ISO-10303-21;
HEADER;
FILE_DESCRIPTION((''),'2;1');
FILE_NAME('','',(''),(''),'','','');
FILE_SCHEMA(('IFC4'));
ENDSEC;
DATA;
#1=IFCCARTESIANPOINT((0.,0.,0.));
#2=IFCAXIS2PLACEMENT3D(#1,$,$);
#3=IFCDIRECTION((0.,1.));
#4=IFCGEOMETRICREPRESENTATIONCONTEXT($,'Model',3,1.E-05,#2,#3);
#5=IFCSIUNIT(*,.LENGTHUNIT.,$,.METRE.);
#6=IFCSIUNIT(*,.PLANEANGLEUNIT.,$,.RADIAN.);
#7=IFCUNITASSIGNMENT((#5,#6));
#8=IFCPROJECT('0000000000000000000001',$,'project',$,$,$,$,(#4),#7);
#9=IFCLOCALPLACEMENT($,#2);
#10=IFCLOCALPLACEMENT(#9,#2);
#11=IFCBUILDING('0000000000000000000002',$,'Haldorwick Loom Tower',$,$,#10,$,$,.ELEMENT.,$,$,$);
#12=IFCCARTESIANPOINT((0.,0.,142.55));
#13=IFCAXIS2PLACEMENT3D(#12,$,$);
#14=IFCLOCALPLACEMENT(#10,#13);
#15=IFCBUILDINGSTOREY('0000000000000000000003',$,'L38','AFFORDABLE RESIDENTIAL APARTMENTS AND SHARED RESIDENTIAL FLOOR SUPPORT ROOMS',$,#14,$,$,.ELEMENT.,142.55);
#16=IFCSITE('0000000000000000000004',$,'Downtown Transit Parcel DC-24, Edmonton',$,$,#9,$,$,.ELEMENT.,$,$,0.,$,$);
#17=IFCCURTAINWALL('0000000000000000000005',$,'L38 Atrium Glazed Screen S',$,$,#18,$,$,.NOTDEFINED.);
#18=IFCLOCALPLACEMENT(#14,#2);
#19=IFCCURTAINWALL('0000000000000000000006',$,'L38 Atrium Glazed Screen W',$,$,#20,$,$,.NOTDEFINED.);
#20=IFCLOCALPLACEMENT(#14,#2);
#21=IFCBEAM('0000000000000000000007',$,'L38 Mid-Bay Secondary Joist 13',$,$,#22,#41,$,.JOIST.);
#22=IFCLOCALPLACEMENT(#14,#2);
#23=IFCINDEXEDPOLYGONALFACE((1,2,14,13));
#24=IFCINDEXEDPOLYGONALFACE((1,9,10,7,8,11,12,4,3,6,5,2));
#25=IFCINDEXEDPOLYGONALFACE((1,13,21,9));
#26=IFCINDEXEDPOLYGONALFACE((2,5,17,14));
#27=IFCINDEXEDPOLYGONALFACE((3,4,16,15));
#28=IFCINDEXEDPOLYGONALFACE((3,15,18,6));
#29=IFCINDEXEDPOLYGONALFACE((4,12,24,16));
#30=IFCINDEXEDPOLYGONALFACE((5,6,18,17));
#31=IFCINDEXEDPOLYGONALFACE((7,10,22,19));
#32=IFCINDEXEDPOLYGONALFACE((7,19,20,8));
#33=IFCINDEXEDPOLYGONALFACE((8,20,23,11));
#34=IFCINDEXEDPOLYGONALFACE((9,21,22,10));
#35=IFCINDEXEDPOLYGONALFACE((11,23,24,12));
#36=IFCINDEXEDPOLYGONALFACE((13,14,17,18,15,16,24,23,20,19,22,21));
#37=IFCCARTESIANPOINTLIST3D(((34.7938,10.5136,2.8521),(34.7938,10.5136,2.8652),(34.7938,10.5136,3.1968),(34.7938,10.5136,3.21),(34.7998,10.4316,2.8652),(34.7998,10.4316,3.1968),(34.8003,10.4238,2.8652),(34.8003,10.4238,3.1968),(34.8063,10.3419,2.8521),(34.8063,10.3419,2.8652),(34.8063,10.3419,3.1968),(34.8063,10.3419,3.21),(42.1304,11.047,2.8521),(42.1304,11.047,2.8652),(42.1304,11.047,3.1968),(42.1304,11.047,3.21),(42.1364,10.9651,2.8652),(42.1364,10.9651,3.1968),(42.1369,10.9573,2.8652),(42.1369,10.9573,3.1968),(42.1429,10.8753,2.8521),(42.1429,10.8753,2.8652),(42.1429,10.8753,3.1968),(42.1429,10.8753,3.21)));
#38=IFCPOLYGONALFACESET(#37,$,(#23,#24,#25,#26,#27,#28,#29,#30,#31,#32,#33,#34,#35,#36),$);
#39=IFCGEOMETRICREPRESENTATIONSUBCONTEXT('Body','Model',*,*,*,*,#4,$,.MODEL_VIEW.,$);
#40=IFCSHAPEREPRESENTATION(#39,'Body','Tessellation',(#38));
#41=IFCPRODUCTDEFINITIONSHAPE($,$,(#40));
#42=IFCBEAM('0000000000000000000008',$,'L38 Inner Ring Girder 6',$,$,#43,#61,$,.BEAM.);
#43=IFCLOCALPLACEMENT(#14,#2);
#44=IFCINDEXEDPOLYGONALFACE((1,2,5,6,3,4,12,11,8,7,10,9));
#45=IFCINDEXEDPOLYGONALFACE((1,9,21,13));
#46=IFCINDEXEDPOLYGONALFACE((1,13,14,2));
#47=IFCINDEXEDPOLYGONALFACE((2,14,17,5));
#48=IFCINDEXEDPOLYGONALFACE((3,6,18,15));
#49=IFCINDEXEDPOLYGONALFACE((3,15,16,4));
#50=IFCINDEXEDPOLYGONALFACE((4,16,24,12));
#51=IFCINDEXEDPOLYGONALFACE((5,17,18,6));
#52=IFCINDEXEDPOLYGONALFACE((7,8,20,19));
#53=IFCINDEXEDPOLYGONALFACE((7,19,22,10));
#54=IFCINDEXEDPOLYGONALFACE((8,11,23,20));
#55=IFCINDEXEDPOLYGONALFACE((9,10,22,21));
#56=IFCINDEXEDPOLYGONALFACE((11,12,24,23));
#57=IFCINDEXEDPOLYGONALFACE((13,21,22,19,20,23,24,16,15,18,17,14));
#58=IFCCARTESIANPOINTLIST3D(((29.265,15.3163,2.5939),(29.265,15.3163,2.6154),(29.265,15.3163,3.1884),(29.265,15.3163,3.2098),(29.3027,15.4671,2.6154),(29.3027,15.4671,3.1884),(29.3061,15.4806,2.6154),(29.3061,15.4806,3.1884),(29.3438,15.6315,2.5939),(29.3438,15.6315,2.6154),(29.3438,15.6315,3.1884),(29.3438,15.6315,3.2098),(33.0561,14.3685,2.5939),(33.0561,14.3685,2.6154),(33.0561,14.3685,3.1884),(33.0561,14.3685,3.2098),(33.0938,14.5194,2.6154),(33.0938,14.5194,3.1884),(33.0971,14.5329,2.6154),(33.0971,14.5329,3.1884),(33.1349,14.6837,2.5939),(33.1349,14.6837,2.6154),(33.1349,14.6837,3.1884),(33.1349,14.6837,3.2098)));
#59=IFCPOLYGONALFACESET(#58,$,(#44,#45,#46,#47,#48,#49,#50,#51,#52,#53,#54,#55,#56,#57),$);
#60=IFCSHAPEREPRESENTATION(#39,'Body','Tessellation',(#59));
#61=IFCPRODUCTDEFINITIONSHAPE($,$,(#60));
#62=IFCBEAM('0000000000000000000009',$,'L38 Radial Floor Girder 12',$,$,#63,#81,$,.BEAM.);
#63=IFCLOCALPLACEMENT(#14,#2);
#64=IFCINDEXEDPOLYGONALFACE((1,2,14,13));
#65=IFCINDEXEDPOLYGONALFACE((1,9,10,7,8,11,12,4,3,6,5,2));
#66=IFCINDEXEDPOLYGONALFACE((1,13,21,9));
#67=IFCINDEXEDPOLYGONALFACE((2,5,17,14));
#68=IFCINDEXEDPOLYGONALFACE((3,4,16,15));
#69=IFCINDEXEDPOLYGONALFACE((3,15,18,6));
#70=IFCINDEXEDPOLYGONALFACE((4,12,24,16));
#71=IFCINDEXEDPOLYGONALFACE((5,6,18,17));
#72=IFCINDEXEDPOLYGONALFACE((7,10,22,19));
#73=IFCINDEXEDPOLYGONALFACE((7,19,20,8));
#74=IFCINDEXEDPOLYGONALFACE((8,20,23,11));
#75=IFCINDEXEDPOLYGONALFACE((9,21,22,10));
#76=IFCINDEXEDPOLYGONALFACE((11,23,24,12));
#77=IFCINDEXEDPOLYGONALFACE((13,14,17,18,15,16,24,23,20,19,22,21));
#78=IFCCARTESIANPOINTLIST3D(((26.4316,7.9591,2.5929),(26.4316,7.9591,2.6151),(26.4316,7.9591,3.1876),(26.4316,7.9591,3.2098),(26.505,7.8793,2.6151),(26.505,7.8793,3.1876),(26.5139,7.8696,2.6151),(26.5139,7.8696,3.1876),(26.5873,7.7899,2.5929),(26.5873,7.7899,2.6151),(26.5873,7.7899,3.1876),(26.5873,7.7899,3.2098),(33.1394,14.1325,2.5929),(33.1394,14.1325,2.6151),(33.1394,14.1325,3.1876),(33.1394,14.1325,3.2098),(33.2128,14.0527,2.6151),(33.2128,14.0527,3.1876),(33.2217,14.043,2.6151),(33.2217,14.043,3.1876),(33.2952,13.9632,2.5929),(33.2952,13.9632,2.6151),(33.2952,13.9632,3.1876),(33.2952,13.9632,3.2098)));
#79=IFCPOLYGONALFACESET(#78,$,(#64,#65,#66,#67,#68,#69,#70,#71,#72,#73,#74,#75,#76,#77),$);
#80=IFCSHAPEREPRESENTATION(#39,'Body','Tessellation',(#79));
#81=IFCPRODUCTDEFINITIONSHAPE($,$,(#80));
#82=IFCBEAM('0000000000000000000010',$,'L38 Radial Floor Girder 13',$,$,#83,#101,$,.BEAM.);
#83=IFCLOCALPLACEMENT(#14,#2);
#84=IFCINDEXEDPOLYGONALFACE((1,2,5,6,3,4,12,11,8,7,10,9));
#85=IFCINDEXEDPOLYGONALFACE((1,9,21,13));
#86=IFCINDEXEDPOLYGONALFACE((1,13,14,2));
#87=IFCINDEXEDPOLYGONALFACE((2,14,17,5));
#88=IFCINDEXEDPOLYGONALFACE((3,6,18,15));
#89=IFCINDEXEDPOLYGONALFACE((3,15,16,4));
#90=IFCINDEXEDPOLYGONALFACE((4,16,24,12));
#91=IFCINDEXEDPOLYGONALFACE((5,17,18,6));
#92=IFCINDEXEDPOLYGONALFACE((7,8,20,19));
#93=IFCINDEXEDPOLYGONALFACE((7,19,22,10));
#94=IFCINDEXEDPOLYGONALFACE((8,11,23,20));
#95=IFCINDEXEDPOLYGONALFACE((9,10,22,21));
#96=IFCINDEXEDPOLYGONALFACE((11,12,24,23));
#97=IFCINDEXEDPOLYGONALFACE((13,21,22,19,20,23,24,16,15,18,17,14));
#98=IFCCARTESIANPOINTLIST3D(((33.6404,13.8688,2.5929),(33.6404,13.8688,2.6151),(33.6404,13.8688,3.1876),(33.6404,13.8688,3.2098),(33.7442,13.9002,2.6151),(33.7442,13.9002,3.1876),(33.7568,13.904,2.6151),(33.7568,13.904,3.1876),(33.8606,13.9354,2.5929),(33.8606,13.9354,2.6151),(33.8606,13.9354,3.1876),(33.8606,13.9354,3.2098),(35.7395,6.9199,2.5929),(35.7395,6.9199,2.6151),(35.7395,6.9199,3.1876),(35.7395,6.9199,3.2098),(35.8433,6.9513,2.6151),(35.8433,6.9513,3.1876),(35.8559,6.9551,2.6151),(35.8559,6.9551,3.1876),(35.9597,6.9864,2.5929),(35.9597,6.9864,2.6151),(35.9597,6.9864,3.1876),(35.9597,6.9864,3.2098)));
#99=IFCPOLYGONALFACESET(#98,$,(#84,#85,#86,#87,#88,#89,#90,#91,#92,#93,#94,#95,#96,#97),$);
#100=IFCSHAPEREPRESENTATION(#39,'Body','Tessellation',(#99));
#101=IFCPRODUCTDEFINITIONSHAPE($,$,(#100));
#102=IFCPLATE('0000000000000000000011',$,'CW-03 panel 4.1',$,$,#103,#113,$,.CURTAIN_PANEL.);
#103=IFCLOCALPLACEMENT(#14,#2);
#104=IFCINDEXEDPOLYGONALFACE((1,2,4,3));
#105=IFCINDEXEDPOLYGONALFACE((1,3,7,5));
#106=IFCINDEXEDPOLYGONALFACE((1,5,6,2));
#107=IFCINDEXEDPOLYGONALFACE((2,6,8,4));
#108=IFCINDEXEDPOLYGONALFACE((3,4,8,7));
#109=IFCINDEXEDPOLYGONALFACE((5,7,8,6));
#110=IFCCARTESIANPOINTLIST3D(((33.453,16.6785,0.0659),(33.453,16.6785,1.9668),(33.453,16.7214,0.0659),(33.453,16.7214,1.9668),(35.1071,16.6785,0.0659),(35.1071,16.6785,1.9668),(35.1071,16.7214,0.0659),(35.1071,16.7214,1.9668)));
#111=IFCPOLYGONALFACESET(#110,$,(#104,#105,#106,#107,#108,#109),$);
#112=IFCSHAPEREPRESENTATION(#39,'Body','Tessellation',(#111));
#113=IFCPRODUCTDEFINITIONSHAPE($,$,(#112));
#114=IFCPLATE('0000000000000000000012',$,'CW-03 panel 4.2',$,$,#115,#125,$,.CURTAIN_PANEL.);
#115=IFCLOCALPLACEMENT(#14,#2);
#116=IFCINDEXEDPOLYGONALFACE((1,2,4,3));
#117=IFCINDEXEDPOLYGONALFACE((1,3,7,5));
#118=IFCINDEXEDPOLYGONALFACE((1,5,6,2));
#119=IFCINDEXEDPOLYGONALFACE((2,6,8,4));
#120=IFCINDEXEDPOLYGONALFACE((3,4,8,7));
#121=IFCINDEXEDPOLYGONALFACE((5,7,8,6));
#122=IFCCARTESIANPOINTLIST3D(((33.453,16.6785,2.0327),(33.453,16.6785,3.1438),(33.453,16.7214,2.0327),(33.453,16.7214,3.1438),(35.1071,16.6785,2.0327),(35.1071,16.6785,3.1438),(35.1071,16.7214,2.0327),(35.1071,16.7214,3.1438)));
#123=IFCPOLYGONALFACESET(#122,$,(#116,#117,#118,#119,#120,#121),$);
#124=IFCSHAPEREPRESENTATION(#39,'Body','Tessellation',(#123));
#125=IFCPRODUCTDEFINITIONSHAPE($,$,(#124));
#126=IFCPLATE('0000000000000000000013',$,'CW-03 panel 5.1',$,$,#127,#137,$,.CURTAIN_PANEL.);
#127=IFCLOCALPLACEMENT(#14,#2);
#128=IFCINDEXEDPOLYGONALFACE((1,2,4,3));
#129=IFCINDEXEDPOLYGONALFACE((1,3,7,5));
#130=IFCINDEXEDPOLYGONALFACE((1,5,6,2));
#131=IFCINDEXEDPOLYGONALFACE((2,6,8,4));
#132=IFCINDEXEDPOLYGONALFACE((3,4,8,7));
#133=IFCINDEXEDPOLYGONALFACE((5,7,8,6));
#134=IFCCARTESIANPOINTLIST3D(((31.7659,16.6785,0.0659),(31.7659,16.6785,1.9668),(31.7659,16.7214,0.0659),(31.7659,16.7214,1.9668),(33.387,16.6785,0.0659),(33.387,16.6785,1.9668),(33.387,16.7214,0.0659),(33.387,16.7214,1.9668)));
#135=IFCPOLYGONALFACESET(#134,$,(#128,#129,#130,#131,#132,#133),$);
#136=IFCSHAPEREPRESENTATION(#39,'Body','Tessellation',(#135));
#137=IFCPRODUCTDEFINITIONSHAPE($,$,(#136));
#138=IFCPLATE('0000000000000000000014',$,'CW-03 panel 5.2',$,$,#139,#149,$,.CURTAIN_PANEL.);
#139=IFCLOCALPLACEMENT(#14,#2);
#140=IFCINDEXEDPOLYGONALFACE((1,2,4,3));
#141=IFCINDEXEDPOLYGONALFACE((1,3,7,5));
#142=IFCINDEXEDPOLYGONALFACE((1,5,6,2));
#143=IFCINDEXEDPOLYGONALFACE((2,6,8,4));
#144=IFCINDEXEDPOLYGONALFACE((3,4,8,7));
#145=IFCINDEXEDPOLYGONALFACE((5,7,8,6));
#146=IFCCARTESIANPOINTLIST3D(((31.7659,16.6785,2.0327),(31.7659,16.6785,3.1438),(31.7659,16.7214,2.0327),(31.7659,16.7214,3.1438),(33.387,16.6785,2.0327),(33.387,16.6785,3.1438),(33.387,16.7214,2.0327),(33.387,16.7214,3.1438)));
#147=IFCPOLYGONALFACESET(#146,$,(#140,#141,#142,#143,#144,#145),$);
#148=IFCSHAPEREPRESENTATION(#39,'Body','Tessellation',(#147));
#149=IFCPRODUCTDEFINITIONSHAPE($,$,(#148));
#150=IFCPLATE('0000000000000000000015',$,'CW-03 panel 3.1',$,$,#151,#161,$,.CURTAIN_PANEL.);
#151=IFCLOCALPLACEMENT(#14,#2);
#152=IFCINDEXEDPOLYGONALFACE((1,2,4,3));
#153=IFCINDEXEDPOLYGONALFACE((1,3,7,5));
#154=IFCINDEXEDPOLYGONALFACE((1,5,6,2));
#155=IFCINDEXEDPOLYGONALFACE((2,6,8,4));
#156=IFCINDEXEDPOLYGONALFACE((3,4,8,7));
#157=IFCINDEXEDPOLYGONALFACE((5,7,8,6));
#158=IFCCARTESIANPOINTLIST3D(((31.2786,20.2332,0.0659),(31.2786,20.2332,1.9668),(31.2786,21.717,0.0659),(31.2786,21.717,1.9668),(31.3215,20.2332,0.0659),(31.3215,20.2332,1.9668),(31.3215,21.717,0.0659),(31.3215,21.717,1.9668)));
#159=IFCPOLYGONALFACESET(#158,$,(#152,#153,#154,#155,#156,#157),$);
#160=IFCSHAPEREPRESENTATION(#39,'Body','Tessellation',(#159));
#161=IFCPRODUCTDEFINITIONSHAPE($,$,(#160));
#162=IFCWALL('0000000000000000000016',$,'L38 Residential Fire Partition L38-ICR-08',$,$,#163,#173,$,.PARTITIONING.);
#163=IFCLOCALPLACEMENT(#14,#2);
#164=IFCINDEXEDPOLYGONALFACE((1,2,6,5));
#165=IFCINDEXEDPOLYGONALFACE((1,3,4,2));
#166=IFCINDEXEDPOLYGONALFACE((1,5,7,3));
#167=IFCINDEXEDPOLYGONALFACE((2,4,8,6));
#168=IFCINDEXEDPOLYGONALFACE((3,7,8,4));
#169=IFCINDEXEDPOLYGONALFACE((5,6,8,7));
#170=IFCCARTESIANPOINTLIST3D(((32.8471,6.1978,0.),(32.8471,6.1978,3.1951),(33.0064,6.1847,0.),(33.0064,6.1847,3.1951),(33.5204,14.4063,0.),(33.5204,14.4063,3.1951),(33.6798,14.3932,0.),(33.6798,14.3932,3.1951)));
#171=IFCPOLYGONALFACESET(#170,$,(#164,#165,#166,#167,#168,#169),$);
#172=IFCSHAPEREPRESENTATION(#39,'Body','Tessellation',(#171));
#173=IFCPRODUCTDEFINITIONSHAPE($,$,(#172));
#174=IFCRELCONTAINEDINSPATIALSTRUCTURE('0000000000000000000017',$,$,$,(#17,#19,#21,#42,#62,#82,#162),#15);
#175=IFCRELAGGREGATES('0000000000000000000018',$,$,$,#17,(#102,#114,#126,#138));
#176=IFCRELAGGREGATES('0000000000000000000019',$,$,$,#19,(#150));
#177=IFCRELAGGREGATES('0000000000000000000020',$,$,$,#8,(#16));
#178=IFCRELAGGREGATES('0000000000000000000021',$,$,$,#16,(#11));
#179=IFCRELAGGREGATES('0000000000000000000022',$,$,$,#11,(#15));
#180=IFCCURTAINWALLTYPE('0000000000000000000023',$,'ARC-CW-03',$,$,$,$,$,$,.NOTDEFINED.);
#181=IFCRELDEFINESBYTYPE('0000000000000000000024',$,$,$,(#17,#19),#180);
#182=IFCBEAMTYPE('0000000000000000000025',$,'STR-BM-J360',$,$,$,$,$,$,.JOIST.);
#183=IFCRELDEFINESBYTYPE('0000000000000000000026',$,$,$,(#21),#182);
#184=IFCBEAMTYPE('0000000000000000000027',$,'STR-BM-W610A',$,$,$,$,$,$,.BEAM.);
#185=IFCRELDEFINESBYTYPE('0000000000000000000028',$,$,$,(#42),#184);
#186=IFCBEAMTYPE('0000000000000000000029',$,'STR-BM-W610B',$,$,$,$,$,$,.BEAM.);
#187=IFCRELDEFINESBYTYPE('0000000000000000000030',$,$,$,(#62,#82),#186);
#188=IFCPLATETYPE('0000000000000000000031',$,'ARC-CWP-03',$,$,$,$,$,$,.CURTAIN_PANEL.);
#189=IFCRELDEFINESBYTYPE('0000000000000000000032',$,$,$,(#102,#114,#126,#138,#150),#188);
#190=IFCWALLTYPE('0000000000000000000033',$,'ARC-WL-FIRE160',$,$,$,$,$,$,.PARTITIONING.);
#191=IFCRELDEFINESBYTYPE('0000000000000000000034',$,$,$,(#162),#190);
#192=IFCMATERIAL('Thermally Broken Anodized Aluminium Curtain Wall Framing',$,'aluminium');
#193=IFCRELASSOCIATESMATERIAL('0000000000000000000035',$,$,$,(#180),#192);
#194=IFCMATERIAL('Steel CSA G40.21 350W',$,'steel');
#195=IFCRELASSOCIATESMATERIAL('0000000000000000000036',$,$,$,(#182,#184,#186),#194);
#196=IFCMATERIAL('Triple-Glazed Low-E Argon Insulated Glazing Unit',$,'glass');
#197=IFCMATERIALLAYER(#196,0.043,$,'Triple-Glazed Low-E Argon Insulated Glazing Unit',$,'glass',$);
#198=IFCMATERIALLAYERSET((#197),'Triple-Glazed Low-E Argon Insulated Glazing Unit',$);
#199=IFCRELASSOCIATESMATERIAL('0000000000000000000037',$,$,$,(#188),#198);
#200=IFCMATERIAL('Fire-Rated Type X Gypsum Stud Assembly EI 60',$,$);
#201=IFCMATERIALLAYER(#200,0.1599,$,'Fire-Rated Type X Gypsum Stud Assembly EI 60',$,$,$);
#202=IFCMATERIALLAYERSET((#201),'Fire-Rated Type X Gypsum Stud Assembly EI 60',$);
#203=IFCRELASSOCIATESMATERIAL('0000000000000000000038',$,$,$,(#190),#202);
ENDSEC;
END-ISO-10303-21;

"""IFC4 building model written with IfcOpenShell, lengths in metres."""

from ifc_helpers import new_model, si_unit, direction, frame, frame_2d, origin, origin_2d, place, context, subcontext, project, spatial, rectangle, i_section, extrude, material, layer, layer_set, material_profile, profile_set, type_object, element, aggregate, save


model = new_model("IFC4")

# Units and contexts
model_context = context("Model", 3, precision=1e-05, world=origin(), true_north=direction((0.0, 1.0)))
body_context = subcontext(model_context, "Body", "Model", "MODEL_VIEW")
ifc_project = project(units=[si_unit("LENGTHUNIT", "METRE"), si_unit("PLANEANGLEUNIT", "RADIAN")], contexts=[model_context])

# Site, building, storey
site_placement = place(None, origin())
site = spatial("IfcSite", under=ifc_project, at=site_placement, Name="Downtown Transit Parcel DC-24, Edmonton", CompositionType="ELEMENT", RefElevation=0.0)
building_placement = place(site_placement, origin())
building = spatial("IfcBuilding", under=site, at=building_placement, Name="Haldorwick Loom Tower", CompositionType="ELEMENT")
storey_placement = place(building_placement, frame((0.0, 0.0, 142.55)))
storey = spatial("IfcBuildingStorey", under=building, at=storey_placement, Name="L38", Description="AFFORDABLE RESIDENTIAL APARTMENTS AND SHARED RESIDENTIAL FLOOR SUPPORT ROOMS", CompositionType="ELEMENT", Elevation=142.55)

# Curtain wall
ifc_material_1 = material(Name="Thermally Broken Anodized Aluminium Curtain Wall Framing", Category="aluminium")
curtain_wall_type = type_object("IfcCurtainWallType", Name="ARC-CW-03", PredefinedType="NOTDEFINED", material=ifc_material_1)
curtain_wall_1_placement = place(storey_placement, origin())
curtain_wall_1 = element("IfcCurtainWall", 1, at=curtain_wall_1_placement, inside=storey, type_object=curtain_wall_type, Name="L38 Atrium Glazed Screen S", PredefinedType="NOTDEFINED")

# Curtain wall
curtain_wall_2_placement = place(storey_placement, origin())
curtain_wall_2 = element("IfcCurtainWall", 2, at=curtain_wall_2_placement, inside=storey, type_object=curtain_wall_type, Name="L38 Atrium Glazed Screen W", PredefinedType="NOTDEFINED")

# Beams
ifc_material_2 = material(Name="Steel CSA G40.21 350W", Category="steel")
ifc_material_profile_1 = material_profile(ifc_material_2, i_section(OverallWidth=0.1721, OverallDepth=0.3579, WebThickness=0.0078, FlangeThickness=0.0132, at=origin_2d()), Name="W360X57", Category="steel")
ifc_profile_set_1 = profile_set([ifc_material_profile_1], Name="Steel CSA G40.21 350W")
beam_type_1 = type_object("IfcBeamType", Name="STR-BM-J360", PredefinedType="JOIST", material=ifc_profile_set_1)
beam_1_placement = place(storey_placement, frame((34.8, 10.4277, 3.031), z_axis=(0.997367, 0.072518, 0.0), x_axis=(-0.072518, 0.997367, 0.0)))
element("IfcBeam", 3, at=beam_1_placement, inside=storey, type_object=beam_type_1, Name="L38 Mid-Bay Secondary Joist 13", PredefinedType="JOIST", context=body_context, shape_type="SweptSolid", body=[
    extrude(i_section(OverallWidth=0.1721, OverallDepth=0.3579, WebThickness=0.0078, FlangeThickness=0.0132, at=origin_2d()), origin(), (0.0, 0.0, 1.0), 7.356),
])
ifc_material_profile_2 = material_profile(ifc_material_2, i_section(OverallWidth=0.325, OverallDepth=0.616, WebThickness=0.0139, FlangeThickness=0.0215, at=origin_2d()), Name="W610X174", Category="steel")
ifc_profile_set_2 = profile_set([ifc_material_profile_2], Name="Steel CSA G40.21 350W")
beam_type_2 = type_object("IfcBeamType", Name="STR-BM-W610A", PredefinedType="BEAM", material=ifc_profile_set_2)
beam_2_placement = place(storey_placement, frame((33.0955, 14.5261, 2.9019), z_axis=(-0.970143, 0.242536, 0.0), x_axis=(-0.242536, -0.970143, 0.0)))
element("IfcBeam", 4, at=beam_2_placement, inside=storey, type_object=beam_type_2, Name="L38 Inner Ring Girder 6", PredefinedType="BEAM", context=body_context, shape_type="SweptSolid", body=[
    extrude(i_section(OverallWidth=0.325, OverallDepth=0.616, WebThickness=0.0139, FlangeThickness=0.0215, at=origin_2d()), origin(), (0.0, 0.0, 1.0), 3.9077),
])
ifc_material_profile_3 = material_profile(ifc_material_2, i_section(OverallWidth=0.23, OverallDepth=0.6169, WebThickness=0.0132, FlangeThickness=0.0222, at=origin_2d()), Name="W610X140", Category="steel")
ifc_profile_set_3 = profile_set([ifc_material_profile_3], Name="Steel CSA G40.21 350W")
beam_type_3 = type_object("IfcBeamType", Name="STR-BM-W610B", PredefinedType="BEAM", material=ifc_profile_set_3)
beam_3_placement = place(storey_placement, frame((33.2173, 14.0479, 2.9014), z_axis=(-0.735811, -0.677187, 0.0), x_axis=(0.677187, -0.735811, 0.0)))
element("IfcBeam", 5, at=beam_3_placement, inside=storey, type_object=beam_type_3, Name="L38 Radial Floor Girder 12", PredefinedType="BEAM", context=body_context, shape_type="SweptSolid", body=[
    extrude(i_section(OverallWidth=0.23, OverallDepth=0.6169, WebThickness=0.0132, FlangeThickness=0.0222, at=origin_2d()), origin(), (0.0, 0.0, 1.0), 9.1162),
])
beam_4_placement = place(storey_placement, frame((33.7505, 13.9021, 2.9014), z_axis=(0.289171, -0.957277, 0.0), x_axis=(0.957277, 0.289171, 0.0)))
element("IfcBeam", 6, at=beam_4_placement, inside=storey, type_object=beam_type_3, Name="L38 Radial Floor Girder 13", PredefinedType="BEAM", context=body_context, shape_type="SweptSolid", body=[
    extrude(i_section(OverallWidth=0.23, OverallDepth=0.6169, WebThickness=0.0132, FlangeThickness=0.0222, at=origin_2d()), origin(), (0.0, 0.0, 1.0), 7.259),
])

# Plates
ifc_material_3 = material(Name="Triple-Glazed Low-E Argon Insulated Glazing Unit", Category="glass")
ifc_layer_1 = layer(ifc_material_3, 0.043, Name="Triple-Glazed Low-E Argon Insulated Glazing Unit", Category="glass")
ifc_layer_set_1 = layer_set([ifc_layer_1], Name="Triple-Glazed Low-E Argon Insulated Glazing Unit")
plate_type = type_object("IfcPlateType", Name="ARC-CWP-03", PredefinedType="CURTAIN_PANEL", material=ifc_layer_set_1)
plate_1_placement = place(storey_placement, frame((34.28, 16.7, 0.0659), z_axis=(0.0, 0.0, 1.0), x_axis=(-1.0, 0.0, 0.0)))
plate_1 = element("IfcPlate", 7, at=plate_1_placement, type_object=plate_type, Name="CW-03 panel 4.1", PredefinedType="CURTAIN_PANEL", context=body_context, shape_type="SweptSolid", body=[
    extrude(rectangle(XDim=1.6541, YDim=0.043, at=origin_2d()), origin(), (0.0, 0.0, 1.0), 1.9009),
])
plate_2_placement = place(storey_placement, frame((34.28, 16.7, 2.0327), z_axis=(0.0, 0.0, 1.0), x_axis=(-1.0, 0.0, 0.0)))
plate_2 = element("IfcPlate", 8, at=plate_2_placement, type_object=plate_type, Name="CW-03 panel 4.2", PredefinedType="CURTAIN_PANEL", context=body_context, shape_type="SweptSolid", body=[
    extrude(rectangle(XDim=1.6541, YDim=0.043, at=origin_2d()), origin(), (0.0, 0.0, 1.0), 1.1111),
])
plate_3_placement = place(storey_placement, frame((32.5764, 16.7, 0.0659), z_axis=(0.0, 0.0, 1.0), x_axis=(-1.0, 0.0, 0.0)))
plate_3 = element("IfcPlate", 9, at=plate_3_placement, type_object=plate_type, Name="CW-03 panel 5.1", PredefinedType="CURTAIN_PANEL", context=body_context, shape_type="SweptSolid", body=[
    extrude(rectangle(XDim=1.6211, YDim=0.043, at=origin_2d()), origin(), (0.0, 0.0, 1.0), 1.9009),
])
plate_4_placement = place(storey_placement, frame((32.5764, 16.7, 2.0327), z_axis=(0.0, 0.0, 1.0), x_axis=(-1.0, 0.0, 0.0)))
plate_4 = element("IfcPlate", 10, at=plate_4_placement, type_object=plate_type, Name="CW-03 panel 5.2", PredefinedType="CURTAIN_PANEL", context=body_context, shape_type="SweptSolid", body=[
    extrude(rectangle(XDim=1.6211, YDim=0.043, at=origin_2d()), origin(), (0.0, 0.0, 1.0), 1.1111),
])
aggregate(curtain_wall_1, [plate_1, plate_2, plate_3, plate_4])
plate_5_placement = place(storey_placement, frame((31.3, 20.9751, 0.0659), z_axis=(0.0, 0.0, 1.0), x_axis=(0.0, 1.0, 0.0)))
plate_5 = element("IfcPlate", 11, at=plate_5_placement, type_object=plate_type, Name="CW-03 panel 3.1", PredefinedType="CURTAIN_PANEL", context=body_context, shape_type="SweptSolid", body=[
    extrude(rectangle(XDim=1.4839, YDim=0.043, at=origin_2d()), origin(), (0.0, 0.0, 1.0), 1.9009),
])
aggregate(curtain_wall_2, [plate_5])

# Wall
ifc_material_4 = material(Name="Fire-Rated Type X Gypsum Stud Assembly EI 60")
ifc_layer_2 = layer(ifc_material_4, 0.1599, Name="Fire-Rated Type X Gypsum Stud Assembly EI 60")
ifc_layer_set_2 = layer_set([ifc_layer_2], Name="Fire-Rated Type X Gypsum Stud Assembly EI 60")
wall_type = type_object("IfcWallType", Name="ARC-WL-FIRE160", PredefinedType="PARTITIONING", material=ifc_layer_set_2)
wall_placement = place(storey_placement, frame((33.6001, 14.3999, 0.0), z_axis=(0.0, 0.0, 1.0), x_axis=(-0.081755, -0.996652, 0.0)))
element("IfcWall", 12, at=wall_placement, inside=storey, type_object=wall_type, Name="L38 Residential Fire Partition L38-ICR-08", PredefinedType="PARTITIONING", context=body_context, shape_type="SweptSolid", body=[
    extrude(rectangle(XDim=8.2361, YDim=0.1599, at=frame_2d((4.1182, 0.0))), origin(), (0.0, 0.0, 1.0), 3.1951),
])

save(model, "model.ifc")
